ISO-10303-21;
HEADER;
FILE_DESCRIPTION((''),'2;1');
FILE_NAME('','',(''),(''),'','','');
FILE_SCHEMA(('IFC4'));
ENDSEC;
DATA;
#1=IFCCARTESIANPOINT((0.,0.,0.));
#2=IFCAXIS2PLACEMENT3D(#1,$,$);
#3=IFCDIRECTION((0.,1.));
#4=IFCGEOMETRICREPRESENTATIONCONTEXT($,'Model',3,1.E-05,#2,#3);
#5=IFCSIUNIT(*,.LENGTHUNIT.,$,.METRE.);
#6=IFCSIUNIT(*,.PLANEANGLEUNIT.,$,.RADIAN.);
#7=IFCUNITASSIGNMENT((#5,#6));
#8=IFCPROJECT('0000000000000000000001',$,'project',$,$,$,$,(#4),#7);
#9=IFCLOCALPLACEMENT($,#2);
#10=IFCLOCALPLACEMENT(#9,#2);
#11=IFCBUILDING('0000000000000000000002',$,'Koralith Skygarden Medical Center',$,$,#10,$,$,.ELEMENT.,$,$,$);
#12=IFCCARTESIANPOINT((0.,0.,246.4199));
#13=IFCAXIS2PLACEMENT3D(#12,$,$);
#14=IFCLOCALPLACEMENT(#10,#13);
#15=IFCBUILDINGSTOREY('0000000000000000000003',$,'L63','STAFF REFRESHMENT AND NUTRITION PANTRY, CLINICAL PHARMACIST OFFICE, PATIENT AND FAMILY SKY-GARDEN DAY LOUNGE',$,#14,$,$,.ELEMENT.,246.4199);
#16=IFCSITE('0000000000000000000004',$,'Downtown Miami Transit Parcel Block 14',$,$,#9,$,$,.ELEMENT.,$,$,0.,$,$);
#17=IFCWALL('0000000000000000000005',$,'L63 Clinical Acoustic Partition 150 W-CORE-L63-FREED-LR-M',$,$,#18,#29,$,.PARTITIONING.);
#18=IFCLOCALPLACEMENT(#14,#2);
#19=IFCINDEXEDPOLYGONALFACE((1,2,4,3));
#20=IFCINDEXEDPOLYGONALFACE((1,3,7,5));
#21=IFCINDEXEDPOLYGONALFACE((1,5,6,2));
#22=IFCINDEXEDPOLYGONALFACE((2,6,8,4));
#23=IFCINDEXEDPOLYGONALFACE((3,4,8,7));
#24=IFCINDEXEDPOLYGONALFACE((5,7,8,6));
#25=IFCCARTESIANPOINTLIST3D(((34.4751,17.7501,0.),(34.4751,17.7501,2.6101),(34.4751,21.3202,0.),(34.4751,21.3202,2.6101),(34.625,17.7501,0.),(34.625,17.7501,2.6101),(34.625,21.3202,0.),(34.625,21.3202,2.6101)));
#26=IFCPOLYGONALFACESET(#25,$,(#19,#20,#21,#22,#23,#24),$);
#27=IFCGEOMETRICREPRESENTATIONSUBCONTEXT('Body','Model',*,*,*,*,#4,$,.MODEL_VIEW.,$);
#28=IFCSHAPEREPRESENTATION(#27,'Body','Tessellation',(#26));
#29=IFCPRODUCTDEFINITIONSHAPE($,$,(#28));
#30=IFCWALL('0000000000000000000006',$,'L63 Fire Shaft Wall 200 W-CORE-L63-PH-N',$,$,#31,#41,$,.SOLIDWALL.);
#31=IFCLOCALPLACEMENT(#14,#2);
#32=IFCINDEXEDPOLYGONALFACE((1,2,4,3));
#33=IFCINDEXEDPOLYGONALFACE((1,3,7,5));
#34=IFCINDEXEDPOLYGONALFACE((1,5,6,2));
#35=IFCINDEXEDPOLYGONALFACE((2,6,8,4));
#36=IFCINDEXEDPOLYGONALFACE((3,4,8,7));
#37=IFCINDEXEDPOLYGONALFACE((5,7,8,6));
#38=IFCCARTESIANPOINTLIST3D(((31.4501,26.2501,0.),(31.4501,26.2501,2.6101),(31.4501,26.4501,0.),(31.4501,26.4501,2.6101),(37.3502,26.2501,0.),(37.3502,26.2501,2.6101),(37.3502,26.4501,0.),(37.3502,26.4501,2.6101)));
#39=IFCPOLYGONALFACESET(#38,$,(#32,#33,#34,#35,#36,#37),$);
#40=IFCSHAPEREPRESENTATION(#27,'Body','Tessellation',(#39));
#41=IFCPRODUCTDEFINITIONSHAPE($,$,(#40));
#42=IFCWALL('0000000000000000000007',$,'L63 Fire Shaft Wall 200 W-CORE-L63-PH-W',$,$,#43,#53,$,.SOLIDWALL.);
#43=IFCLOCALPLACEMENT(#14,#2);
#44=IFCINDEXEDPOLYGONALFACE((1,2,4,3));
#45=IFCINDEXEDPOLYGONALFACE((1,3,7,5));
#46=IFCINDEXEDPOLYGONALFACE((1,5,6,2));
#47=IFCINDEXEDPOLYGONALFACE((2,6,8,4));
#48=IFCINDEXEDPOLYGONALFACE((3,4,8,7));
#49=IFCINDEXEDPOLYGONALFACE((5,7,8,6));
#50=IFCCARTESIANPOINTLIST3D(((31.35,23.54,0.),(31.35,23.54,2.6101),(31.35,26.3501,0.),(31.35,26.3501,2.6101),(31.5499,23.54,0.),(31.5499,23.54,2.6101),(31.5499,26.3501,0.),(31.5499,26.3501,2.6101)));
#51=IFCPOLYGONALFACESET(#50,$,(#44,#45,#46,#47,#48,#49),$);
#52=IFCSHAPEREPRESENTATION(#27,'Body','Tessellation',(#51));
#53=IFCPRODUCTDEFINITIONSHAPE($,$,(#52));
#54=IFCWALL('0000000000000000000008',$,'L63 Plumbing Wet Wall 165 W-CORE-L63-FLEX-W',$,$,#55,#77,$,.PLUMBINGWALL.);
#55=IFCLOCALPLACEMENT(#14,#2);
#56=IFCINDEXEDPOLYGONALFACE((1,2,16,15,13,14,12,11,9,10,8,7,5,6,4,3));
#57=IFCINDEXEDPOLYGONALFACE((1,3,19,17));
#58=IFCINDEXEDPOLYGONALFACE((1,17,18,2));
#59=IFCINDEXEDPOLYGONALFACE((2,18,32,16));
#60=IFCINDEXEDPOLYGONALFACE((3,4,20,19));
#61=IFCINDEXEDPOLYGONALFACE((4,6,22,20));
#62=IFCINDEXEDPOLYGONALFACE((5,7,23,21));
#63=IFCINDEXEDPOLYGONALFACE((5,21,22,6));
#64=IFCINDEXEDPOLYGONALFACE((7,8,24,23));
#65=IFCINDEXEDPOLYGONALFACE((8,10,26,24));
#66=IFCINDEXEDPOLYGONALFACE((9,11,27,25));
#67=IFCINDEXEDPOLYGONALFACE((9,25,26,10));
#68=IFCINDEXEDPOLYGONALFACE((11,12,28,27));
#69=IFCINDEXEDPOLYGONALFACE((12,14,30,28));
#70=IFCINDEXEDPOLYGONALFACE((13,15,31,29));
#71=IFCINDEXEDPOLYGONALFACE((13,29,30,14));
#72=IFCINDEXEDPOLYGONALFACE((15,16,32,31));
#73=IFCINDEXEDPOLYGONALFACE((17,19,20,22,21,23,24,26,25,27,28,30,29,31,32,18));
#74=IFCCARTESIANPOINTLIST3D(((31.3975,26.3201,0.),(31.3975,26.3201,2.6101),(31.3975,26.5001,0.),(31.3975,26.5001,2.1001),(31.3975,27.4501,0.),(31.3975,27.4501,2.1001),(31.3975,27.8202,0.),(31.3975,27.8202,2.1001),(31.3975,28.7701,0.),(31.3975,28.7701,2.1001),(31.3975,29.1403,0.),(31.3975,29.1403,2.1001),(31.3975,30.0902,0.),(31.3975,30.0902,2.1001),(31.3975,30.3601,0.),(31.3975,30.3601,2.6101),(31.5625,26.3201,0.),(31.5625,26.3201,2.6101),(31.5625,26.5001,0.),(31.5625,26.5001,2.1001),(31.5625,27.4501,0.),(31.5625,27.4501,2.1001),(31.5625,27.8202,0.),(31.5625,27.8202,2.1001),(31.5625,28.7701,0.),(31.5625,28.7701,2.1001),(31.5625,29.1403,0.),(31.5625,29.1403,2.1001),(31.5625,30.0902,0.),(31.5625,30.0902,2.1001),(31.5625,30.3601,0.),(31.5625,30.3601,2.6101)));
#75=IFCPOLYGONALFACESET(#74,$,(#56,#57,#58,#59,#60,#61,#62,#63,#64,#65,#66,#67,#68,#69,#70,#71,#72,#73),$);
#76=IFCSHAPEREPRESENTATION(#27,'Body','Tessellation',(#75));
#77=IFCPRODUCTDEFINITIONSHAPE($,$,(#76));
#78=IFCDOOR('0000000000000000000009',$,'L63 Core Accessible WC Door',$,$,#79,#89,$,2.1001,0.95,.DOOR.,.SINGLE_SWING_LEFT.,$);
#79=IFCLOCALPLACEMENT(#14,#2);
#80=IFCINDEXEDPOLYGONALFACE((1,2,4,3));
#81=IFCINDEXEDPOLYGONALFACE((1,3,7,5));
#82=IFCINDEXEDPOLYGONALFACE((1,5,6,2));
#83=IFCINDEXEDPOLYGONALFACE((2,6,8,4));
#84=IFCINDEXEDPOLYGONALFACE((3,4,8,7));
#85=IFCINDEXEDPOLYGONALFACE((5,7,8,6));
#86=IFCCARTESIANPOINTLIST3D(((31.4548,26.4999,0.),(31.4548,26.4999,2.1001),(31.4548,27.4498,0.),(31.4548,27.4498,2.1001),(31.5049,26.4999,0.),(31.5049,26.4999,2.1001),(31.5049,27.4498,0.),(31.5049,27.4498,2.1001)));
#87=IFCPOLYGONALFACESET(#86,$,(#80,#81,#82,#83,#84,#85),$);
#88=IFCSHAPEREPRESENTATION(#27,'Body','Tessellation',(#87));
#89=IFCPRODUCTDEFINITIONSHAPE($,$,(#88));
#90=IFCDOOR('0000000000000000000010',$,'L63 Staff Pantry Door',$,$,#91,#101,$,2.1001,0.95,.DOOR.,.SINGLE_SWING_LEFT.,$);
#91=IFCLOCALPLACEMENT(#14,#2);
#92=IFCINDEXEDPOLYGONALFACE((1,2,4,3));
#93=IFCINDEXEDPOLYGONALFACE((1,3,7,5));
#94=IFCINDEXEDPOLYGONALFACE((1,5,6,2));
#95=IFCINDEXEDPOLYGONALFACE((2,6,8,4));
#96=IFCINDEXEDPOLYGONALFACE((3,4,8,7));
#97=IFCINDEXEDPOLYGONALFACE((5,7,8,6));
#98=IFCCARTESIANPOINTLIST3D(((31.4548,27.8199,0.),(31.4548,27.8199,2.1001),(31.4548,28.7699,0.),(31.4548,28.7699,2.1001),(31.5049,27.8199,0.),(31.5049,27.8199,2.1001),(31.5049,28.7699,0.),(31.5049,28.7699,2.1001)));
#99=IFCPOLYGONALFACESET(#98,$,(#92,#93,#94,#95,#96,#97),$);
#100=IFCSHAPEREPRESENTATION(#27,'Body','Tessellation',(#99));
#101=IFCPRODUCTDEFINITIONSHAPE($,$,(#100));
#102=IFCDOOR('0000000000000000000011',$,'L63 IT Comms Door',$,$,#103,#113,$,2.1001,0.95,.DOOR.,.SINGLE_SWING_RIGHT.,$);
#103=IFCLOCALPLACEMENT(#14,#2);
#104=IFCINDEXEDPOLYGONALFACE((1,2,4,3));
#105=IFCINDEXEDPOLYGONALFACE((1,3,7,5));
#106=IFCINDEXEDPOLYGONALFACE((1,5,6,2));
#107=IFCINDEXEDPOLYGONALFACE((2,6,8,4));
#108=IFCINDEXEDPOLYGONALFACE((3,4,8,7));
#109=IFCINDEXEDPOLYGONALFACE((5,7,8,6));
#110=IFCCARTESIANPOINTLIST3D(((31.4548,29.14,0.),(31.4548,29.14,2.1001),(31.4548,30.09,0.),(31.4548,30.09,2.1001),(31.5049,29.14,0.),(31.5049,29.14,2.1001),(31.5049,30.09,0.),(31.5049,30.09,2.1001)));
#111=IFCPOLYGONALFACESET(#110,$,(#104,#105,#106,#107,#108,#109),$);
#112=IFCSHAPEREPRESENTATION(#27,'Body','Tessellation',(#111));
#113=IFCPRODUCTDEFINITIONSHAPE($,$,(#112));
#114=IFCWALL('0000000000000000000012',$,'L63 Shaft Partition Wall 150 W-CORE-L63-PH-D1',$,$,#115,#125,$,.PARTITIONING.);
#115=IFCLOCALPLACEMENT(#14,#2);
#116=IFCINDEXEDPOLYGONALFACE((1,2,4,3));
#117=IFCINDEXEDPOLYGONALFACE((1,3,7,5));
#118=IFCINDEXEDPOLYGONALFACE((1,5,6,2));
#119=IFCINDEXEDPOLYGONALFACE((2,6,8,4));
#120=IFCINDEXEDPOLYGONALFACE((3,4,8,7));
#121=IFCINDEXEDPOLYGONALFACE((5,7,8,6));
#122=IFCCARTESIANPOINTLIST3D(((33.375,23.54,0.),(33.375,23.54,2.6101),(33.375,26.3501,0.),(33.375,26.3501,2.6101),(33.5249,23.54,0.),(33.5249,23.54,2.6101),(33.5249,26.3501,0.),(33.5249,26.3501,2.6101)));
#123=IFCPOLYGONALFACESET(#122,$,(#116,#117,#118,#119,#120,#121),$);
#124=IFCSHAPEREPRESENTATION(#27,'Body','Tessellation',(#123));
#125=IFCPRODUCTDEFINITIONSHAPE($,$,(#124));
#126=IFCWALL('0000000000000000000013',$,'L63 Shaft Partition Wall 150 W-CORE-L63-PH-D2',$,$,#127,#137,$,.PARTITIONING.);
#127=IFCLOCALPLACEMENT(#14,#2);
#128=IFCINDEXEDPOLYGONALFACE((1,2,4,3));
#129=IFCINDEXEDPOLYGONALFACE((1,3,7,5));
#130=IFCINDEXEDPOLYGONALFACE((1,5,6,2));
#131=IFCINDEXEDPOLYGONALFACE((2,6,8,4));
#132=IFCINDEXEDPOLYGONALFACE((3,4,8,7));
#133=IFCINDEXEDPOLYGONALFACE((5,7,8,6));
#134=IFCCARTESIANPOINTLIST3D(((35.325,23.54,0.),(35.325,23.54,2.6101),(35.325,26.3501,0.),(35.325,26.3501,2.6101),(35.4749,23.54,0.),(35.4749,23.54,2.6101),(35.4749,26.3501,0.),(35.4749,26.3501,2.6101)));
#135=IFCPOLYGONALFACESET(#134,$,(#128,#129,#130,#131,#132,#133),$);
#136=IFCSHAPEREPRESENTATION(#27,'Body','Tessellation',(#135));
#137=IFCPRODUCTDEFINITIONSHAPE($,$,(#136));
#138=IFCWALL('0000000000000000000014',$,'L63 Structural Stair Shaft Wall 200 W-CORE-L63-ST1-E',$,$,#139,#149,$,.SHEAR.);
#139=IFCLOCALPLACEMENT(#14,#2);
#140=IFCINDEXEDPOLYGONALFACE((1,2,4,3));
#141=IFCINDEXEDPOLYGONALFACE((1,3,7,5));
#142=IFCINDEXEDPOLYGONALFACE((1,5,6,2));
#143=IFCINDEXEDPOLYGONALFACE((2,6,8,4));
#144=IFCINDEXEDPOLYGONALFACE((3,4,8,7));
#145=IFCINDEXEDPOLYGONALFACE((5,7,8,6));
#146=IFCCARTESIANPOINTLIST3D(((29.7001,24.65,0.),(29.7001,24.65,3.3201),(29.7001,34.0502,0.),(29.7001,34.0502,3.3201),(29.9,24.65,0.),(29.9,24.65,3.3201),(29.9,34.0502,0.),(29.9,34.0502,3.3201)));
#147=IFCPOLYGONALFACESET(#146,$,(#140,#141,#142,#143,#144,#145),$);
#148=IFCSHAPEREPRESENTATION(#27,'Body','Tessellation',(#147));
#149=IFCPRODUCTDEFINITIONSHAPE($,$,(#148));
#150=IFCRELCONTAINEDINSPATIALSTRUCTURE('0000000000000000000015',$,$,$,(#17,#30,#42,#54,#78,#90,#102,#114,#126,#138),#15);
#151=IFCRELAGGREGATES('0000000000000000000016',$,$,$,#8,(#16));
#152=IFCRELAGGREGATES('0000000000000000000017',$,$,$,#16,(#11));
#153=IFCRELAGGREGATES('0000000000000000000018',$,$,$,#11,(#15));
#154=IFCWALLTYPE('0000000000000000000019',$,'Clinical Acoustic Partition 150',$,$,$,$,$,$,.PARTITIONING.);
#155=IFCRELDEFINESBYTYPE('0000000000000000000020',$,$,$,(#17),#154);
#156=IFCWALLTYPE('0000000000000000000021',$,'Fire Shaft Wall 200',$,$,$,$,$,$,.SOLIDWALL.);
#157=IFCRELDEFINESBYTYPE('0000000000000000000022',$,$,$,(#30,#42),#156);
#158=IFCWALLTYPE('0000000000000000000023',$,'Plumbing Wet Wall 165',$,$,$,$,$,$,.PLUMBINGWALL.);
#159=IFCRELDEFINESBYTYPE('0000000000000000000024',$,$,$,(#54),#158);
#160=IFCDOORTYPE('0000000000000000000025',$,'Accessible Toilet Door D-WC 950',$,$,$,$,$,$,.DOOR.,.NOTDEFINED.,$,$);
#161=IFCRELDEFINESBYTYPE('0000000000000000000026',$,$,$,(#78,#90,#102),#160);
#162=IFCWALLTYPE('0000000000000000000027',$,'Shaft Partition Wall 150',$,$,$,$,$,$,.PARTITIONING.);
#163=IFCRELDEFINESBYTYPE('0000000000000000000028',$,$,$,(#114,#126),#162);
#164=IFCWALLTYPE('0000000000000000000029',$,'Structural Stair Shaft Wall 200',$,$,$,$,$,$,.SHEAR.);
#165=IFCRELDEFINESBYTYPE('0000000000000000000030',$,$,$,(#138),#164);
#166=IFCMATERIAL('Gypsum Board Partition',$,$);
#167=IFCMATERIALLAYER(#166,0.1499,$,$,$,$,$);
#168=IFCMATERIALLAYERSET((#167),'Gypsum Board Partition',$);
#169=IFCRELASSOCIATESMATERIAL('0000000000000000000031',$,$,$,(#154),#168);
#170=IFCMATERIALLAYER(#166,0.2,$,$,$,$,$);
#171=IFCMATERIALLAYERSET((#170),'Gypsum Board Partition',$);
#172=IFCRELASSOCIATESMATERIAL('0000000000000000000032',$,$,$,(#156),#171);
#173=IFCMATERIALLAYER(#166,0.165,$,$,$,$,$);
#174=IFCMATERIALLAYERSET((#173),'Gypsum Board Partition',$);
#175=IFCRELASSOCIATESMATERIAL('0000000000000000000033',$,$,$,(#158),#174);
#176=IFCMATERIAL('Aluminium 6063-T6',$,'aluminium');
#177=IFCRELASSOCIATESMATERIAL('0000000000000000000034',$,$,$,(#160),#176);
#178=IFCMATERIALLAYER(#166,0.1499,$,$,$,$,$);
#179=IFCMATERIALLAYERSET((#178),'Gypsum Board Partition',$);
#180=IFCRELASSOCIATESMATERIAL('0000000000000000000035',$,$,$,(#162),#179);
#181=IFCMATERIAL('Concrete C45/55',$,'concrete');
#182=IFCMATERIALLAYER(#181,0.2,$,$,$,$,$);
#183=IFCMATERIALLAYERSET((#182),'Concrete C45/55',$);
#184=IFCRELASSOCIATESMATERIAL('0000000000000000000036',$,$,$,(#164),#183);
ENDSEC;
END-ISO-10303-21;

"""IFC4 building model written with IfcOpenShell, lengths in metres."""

from ifc_helpers import new_model, si_unit, direction, frame, frame_2d, origin, place, context, subcontext, project, spatial, rectangle, extrude, material, layer, layer_set, type_object, element, fill, save


model = new_model("IFC4")

# Units and contexts
model_context = context("Model", 3, precision=1e-05, world=origin(), true_north=direction((0.0, 1.0)))
body_context = subcontext(model_context, "Body", "Model", "MODEL_VIEW")
ifc_project = project(units=[si_unit("LENGTHUNIT", "METRE"), si_unit("PLANEANGLEUNIT", "RADIAN")], contexts=[model_context])

# Site, building, storey
site_placement = place(None, origin())
site = spatial("IfcSite", under=ifc_project, at=site_placement, Name="Downtown Miami Transit Parcel Block 14", CompositionType="ELEMENT", RefElevation=0.0)
building_placement = place(site_placement, origin())
building = spatial("IfcBuilding", under=site, at=building_placement, Name="Koralith Skygarden Medical Center", CompositionType="ELEMENT")
storey_placement = place(building_placement, frame((0.0, 0.0, 246.4199)))
storey = spatial("IfcBuildingStorey", under=building, at=storey_placement, Name="L63", Description="STAFF REFRESHMENT AND NUTRITION PANTRY, CLINICAL PHARMACIST OFFICE, PATIENT AND FAMILY SKY-GARDEN DAY LOUNGE", CompositionType="ELEMENT", Elevation=246.4199)

# Shared definitions
ifc_material_1 = material(Name="Gypsum Board Partition")
ifc_layer_1 = layer(ifc_material_1, 0.1499)
ifc_layer_set_1 = layer_set([ifc_layer_1], Name="Gypsum Board Partition")
wall_type_1 = type_object("IfcWallType", Name="Clinical Acoustic Partition 150", PredefinedType="PARTITIONING", material=ifc_layer_set_1)
ifc_material_2 = material(Name="Aluminium 6063-T6", Category="aluminium")

# Wall
wall_1_placement = place(storey_placement, frame((34.55, 17.75, 0.0), z_axis=(0.0, 0.0, 1.0), x_axis=(0.0, 1.0, 0.0)))
element("IfcWall", 1, at=wall_1_placement, inside=storey, type_object=wall_type_1, Name="L63 Clinical Acoustic Partition 150 W-CORE-L63-FREED-LR-M", PredefinedType="PARTITIONING", context=body_context, shape_type="SweptSolid", body=[
    extrude(rectangle(XDim=3.5701, YDim=0.1499, at=frame_2d((1.7852, 0.0))), origin(), (0.0, 0.0, 1.0), 2.6101),
])

# Shared definitions
ifc_layer_2 = layer(ifc_material_1, 0.2)
ifc_layer_set_2 = layer_set([ifc_layer_2], Name="Gypsum Board Partition")
wall_type_2 = type_object("IfcWallType", Name="Fire Shaft Wall 200", PredefinedType="SOLIDWALL", material=ifc_layer_set_2)

# Walls
wall_2_placement = place(storey_placement, frame((31.45, 26.3501, 0.0), z_axis=(0.0, 0.0, 1.0), x_axis=(1.0, 0.0, 0.0)))
element("IfcWall", 2, at=wall_2_placement, inside=storey, type_object=wall_type_2, Name="L63 Fire Shaft Wall 200 W-CORE-L63-PH-N", PredefinedType="SOLIDWALL", context=body_context, shape_type="SweptSolid", body=[
    extrude(rectangle(XDim=5.9001, YDim=0.2, at=frame_2d((2.9502, 0.0))), origin(), (0.0, 0.0, 1.0), 2.6101),
])
wall_3_placement = place(storey_placement, frame((31.45, 23.54, 0.0), z_axis=(0.0, 0.0, 1.0), x_axis=(0.0, 1.0, 0.0)))
element("IfcWall", 3, at=wall_3_placement, inside=storey, type_object=wall_type_2, Name="L63 Fire Shaft Wall 200 W-CORE-L63-PH-W", PredefinedType="SOLIDWALL", context=body_context, shape_type="SweptSolid", body=[
    extrude(rectangle(XDim=2.8101, YDim=0.2, at=frame_2d((1.405, 0.0))), origin(), (0.0, 0.0, 1.0), 2.6101),
])

# Wall, openings, doors
ifc_layer_3 = layer(ifc_material_1, 0.165)
ifc_layer_set_3 = layer_set([ifc_layer_3], Name="Gypsum Board Partition")
wall_type_3 = type_object("IfcWallType", Name="Plumbing Wet Wall 165", PredefinedType="PLUMBINGWALL", material=ifc_layer_set_3)
wall_4_placement = place(storey_placement, frame((31.48, 26.3201, 0.0), z_axis=(0.0, 0.0, 1.0), x_axis=(0.0, 1.0, 0.0)))
wall_4 = element("IfcWall", 4, at=wall_4_placement, inside=storey, type_object=wall_type_3, Name="L63 Plumbing Wet Wall 165 W-CORE-L63-FLEX-W", PredefinedType="PLUMBINGWALL", context=body_context, shape_type="SweptSolid", body=[
    extrude(rectangle(XDim=4.04, YDim=0.165, at=frame_2d((2.02, 0.0))), origin(), (0.0, 0.0, 1.0), 2.6101),
])
opening_1_placement = place(wall_4_placement, frame((0.1799, 0.0, 0.0)))
opening_1 = element("IfcOpeningElement", 5, at=opening_1_placement, cuts=wall_4, PredefinedType="OPENING", context=body_context, shape_type="SweptSolid", body=[
    extrude(rectangle(XDim=0.95, YDim=2.1001, at=frame_2d((0.4751, 1.05))), frame((0.0, 0.0925, 0.0), z_axis=(0.0, -1.0, 0.0), x_axis=(1.0, 0.0, 0.0)), (0.0, 0.0, 1.0), 0.1851),
])
opening_2_placement = place(wall_4_placement, frame((1.5, 0.0, 0.0)))
opening_2 = element("IfcOpeningElement", 6, at=opening_2_placement, cuts=wall_4, PredefinedType="OPENING", context=body_context, shape_type="SweptSolid", body=[
    extrude(rectangle(XDim=0.95, YDim=2.1001, at=frame_2d((0.4751, 1.05))), frame((0.0, 0.0925, 0.0), z_axis=(0.0, -1.0, 0.0), x_axis=(1.0, 0.0, 0.0)), (0.0, 0.0, 1.0), 0.1851),
])
opening_3_placement = place(wall_4_placement, frame((2.8201, 0.0, 0.0)))
opening_3 = element("IfcOpeningElement", 7, at=opening_3_placement, cuts=wall_4, PredefinedType="OPENING", context=body_context, shape_type="SweptSolid", body=[
    extrude(rectangle(XDim=0.95, YDim=2.1001, at=frame_2d((0.4751, 1.05))), frame((0.0, 0.0925, 0.0), z_axis=(0.0, -1.0, 0.0), x_axis=(1.0, 0.0, 0.0)), (0.0, 0.0, 1.0), 0.1851),
])
door_type_1 = type_object("IfcDoorType", Name="Accessible Toilet Door D-WC 950", OperationType="NOTDEFINED", PredefinedType="DOOR", material=ifc_material_2)
door_1_placement = place(opening_1_placement, frame((0.95, 0.0, 0.0), z_axis=(0.0, 0.0, 1.0), x_axis=(-1.0, 0.0, 0.0)))
door_1 = element("IfcDoor", 8, at=door_1_placement, inside=storey, type_object=door_type_1, Name="L63 Core Accessible WC Door", OperationType="SINGLE_SWING_LEFT", OverallHeight=2.1001, OverallWidth=0.95, PredefinedType="DOOR", context=body_context, shape_type="SweptSolid", body=[
    extrude(rectangle(XDim=0.95, YDim=2.1001, at=frame_2d((0.4751, 1.05))), frame((0.0, 0.0249, 0.0), z_axis=(0.0, -1.0, 0.0), x_axis=(1.0, 0.0, 0.0)), (0.0, 0.0, 1.0), 0.05),
])
fill(opening_1, door_1)
door_2_placement = place(opening_2_placement, frame((0.95, 0.0, 0.0), z_axis=(0.0, 0.0, 1.0), x_axis=(-1.0, 0.0, 0.0)))
door_2 = element("IfcDoor", 9, at=door_2_placement, inside=storey, type_object=door_type_1, Name="L63 Staff Pantry Door", OperationType="SINGLE_SWING_LEFT", OverallHeight=2.1001, OverallWidth=0.95, PredefinedType="DOOR", context=body_context, shape_type="SweptSolid", body=[
    extrude(rectangle(XDim=0.95, YDim=2.1001, at=frame_2d((0.4751, 1.05))), frame((0.0, 0.0249, 0.0), z_axis=(0.0, -1.0, 0.0), x_axis=(1.0, 0.0, 0.0)), (0.0, 0.0, 1.0), 0.05),
])
fill(opening_2, door_2)
door_3_placement = place(opening_3_placement, frame((0.95, 0.0, 0.0), z_axis=(0.0, 0.0, 1.0), x_axis=(-1.0, 0.0, 0.0)))
door_3 = element("IfcDoor", 10, at=door_3_placement, inside=storey, type_object=door_type_1, Name="L63 IT Comms Door", OperationType="SINGLE_SWING_RIGHT", OverallHeight=2.1001, OverallWidth=0.95, PredefinedType="DOOR", context=body_context, shape_type="SweptSolid", body=[
    extrude(rectangle(XDim=0.95, YDim=2.1001, at=frame_2d((0.4751, 1.05))), frame((0.0, 0.0249, 0.0), z_axis=(0.0, -1.0, 0.0), x_axis=(1.0, 0.0, 0.0)), (0.0, 0.0, 1.0), 0.05),
])
fill(opening_3, door_3)

# Walls
ifc_layer_4 = layer(ifc_material_1, 0.1499)
ifc_layer_set_4 = layer_set([ifc_layer_4], Name="Gypsum Board Partition")
wall_type_4 = type_object("IfcWallType", Name="Shaft Partition Wall 150", PredefinedType="PARTITIONING", material=ifc_layer_set_4)
for number, where, z_axis, x_axis, name in (
    (11, (33.45, 23.54, 0.0), (0.0, 0.0, 1.0), (0.0, 1.0, 0.0), "L63 Shaft Partition Wall 150 W-CORE-L63-PH-D1"),
    (12, (35.3999, 23.54, 0.0), (0.0, 0.0, 1.0), (0.0, 1.0, 0.0), "L63 Shaft Partition Wall 150 W-CORE-L63-PH-D2"),
):
    element("IfcWall", number, at=place(storey_placement, frame(where, z_axis=z_axis, x_axis=x_axis)), inside=storey, type_object=wall_type_4, Name=name, PredefinedType="PARTITIONING", context=body_context, shape_type="SweptSolid", body=[
        extrude(rectangle(XDim=2.8101, YDim=0.1499, at=frame_2d((1.405, 0.0))), origin(), (0.0, 0.0, 1.0), 2.6101),
    ])
ifc_material_3 = material(Name="Concrete C45/55", Category="concrete")
ifc_layer_5 = layer(ifc_material_3, 0.2)
ifc_layer_set_5 = layer_set([ifc_layer_5], Name="Concrete C45/55")
wall_type_5 = type_object("IfcWallType", Name="Structural Stair Shaft Wall 200", PredefinedType="SHEAR", material=ifc_layer_set_5)
wall_5_placement = place(storey_placement, frame((29.8, 24.6499, 0.0), z_axis=(0.0, 0.0, 1.0), x_axis=(0.0, 1.0, 0.0)))
element("IfcWall", 13, at=wall_5_placement, inside=storey, type_object=wall_type_5, Name="L63 Structural Stair Shaft Wall 200 W-CORE-L63-ST1-E", PredefinedType="SHEAR", context=body_context, shape_type="SweptSolid", body=[
    extrude(rectangle(XDim=9.4001, YDim=0.2, at=frame_2d((4.7002, 0.0))), origin(), (0.0, 0.0, 1.0), 3.3201),
])

save(model, "model.ifc")
